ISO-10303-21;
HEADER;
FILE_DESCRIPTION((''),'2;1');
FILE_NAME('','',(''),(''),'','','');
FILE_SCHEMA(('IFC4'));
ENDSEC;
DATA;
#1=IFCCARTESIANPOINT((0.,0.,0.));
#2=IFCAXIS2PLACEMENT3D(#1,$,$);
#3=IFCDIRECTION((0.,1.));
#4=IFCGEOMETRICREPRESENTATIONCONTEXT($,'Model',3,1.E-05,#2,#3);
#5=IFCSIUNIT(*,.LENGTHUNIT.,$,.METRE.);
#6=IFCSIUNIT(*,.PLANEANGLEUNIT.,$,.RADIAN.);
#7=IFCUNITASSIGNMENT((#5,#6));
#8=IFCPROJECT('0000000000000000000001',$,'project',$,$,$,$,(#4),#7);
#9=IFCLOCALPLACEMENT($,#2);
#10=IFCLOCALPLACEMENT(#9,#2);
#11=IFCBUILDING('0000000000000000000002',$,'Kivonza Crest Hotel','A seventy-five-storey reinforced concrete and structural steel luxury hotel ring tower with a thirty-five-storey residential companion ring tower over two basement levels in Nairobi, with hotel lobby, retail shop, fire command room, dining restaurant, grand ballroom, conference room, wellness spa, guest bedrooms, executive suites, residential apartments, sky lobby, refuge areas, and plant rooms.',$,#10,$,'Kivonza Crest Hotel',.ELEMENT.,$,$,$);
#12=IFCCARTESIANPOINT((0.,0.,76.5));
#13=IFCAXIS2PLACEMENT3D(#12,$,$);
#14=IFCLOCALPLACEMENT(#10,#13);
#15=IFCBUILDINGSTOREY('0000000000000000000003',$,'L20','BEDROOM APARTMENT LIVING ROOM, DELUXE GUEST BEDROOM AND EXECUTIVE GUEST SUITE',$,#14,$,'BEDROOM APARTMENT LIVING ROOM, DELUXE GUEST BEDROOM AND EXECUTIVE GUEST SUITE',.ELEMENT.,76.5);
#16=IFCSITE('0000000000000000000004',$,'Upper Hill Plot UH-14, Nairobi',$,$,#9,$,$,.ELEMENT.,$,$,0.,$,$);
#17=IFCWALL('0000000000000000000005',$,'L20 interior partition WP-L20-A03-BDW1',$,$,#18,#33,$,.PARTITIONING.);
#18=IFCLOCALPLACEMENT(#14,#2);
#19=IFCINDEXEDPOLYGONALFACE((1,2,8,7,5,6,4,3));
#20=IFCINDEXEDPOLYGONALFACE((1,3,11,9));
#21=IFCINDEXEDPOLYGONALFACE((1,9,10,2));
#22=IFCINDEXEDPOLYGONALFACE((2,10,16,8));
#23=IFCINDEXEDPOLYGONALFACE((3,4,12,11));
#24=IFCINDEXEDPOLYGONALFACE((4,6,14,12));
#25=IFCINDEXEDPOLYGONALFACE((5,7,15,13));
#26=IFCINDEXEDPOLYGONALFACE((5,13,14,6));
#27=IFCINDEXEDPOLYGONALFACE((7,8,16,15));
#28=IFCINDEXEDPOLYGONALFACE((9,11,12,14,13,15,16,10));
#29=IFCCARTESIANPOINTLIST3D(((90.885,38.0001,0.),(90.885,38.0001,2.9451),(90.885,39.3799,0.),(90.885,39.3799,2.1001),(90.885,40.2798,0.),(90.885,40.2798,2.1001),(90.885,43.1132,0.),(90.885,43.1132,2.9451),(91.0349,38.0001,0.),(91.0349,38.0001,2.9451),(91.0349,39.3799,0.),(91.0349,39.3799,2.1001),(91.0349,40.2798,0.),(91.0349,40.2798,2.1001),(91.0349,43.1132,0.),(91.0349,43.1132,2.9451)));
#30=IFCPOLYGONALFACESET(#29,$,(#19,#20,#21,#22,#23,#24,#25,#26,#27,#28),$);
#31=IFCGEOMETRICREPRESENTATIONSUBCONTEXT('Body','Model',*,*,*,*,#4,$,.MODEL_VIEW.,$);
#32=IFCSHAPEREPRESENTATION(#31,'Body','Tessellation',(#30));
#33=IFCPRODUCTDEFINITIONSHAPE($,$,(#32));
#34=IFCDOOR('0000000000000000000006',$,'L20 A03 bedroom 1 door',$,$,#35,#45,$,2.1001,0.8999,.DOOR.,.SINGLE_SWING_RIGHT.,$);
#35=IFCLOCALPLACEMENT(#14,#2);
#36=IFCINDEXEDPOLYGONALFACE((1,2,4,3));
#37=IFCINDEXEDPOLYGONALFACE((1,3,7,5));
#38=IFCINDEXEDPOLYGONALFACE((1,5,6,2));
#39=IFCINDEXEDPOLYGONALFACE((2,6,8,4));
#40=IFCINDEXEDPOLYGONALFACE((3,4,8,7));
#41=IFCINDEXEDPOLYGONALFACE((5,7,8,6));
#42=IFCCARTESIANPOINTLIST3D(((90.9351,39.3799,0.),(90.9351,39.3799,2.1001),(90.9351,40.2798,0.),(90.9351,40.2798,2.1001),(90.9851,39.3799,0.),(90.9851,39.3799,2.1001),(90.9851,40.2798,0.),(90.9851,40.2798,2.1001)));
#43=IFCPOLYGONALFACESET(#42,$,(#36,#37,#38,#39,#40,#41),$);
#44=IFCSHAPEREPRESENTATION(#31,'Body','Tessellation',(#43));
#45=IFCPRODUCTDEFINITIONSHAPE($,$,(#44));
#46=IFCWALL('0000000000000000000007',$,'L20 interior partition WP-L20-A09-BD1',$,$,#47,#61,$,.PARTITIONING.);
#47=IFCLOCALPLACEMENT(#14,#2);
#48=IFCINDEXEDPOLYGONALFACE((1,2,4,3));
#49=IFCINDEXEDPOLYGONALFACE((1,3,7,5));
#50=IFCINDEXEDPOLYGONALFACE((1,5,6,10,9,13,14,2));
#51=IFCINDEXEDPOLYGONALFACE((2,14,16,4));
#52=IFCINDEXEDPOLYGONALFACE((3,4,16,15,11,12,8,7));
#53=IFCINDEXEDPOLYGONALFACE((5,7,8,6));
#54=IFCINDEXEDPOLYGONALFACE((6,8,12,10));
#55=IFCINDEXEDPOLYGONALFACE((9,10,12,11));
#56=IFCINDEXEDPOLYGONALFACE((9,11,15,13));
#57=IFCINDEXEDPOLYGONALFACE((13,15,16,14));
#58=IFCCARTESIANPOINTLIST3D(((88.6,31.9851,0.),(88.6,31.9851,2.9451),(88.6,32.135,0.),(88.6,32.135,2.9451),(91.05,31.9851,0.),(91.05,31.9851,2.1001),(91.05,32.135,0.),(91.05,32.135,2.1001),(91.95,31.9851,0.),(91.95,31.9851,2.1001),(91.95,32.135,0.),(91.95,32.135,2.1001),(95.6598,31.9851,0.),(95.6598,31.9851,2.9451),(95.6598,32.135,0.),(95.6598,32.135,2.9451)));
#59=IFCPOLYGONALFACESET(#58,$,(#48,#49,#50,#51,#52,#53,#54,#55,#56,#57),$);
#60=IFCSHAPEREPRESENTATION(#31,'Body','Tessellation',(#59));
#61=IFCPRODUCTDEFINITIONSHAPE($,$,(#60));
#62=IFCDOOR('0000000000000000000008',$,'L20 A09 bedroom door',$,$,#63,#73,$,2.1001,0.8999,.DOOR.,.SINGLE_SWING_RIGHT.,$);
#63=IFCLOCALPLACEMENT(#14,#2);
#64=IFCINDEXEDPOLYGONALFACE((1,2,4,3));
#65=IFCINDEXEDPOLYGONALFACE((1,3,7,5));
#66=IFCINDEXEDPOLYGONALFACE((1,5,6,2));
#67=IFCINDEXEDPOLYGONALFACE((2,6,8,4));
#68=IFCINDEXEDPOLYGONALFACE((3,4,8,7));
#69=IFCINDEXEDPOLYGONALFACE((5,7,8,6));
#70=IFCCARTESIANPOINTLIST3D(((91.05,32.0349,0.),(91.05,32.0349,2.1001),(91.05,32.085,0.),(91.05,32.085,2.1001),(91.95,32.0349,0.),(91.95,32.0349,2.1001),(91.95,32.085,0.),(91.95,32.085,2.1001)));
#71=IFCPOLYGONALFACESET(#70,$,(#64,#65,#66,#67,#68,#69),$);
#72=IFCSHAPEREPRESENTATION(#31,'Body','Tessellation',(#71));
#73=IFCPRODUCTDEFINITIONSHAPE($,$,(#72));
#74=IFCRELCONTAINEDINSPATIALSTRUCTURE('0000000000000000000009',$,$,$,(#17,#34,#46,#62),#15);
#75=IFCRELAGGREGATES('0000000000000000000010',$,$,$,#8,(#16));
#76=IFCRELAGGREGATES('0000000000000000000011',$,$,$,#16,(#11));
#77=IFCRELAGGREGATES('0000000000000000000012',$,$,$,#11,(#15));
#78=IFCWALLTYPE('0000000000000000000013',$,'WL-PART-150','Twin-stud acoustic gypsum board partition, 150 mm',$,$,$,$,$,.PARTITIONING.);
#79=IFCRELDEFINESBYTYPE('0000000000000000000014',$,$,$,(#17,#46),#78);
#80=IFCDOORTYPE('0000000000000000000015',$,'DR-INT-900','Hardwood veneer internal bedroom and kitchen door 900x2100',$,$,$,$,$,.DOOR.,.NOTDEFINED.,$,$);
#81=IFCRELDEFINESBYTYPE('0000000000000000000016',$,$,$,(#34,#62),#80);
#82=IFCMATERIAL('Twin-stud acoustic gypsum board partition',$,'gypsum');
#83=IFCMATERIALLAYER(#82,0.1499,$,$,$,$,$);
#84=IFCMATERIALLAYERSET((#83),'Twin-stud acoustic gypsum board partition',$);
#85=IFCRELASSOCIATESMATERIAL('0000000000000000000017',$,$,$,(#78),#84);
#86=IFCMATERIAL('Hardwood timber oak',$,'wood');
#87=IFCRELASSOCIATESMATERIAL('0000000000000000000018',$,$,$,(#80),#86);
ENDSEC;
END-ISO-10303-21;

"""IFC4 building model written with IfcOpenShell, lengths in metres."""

from ifc_helpers import new_model, si_unit, direction, frame, frame_2d, origin, place, context, subcontext, project, spatial, rectangle, extrude, material, layer, layer_set, type_object, element, fill, save


model = new_model("IFC4")

# Units and contexts
model_context = context("Model", 3, precision=1e-05, world=origin(), true_north=direction((0.0, 1.0)))
body_context = subcontext(model_context, "Body", "Model", "MODEL_VIEW")
ifc_project = project(units=[si_unit("LENGTHUNIT", "METRE"), si_unit("PLANEANGLEUNIT", "RADIAN")], contexts=[model_context])

# Site, building, storey
site_placement = place(None, origin())
site = spatial("IfcSite", under=ifc_project, at=site_placement, Name="Upper Hill Plot UH-14, Nairobi", CompositionType="ELEMENT", RefElevation=0.0)
building_placement = place(site_placement, origin())
building = spatial("IfcBuilding", under=site, at=building_placement, Name="Kivonza Crest Hotel", Description="A seventy-five-storey reinforced concrete and structural steel luxury hotel ring tower with a thirty-five-storey residential companion ring tower over two basement levels in Nairobi, with hotel lobby, retail shop, fire command room, dining restaurant, grand ballroom, conference room, wellness spa, guest bedrooms, executive suites, residential apartments, sky lobby, refuge areas, and plant rooms.", LongName="Kivonza Crest Hotel", CompositionType="ELEMENT")
storey_placement = place(building_placement, frame((0.0, 0.0, 76.5)))
storey = spatial("IfcBuildingStorey", under=building, at=storey_placement, Name="L20", Description="BEDROOM APARTMENT LIVING ROOM, DELUXE GUEST BEDROOM AND EXECUTIVE GUEST SUITE", LongName="BEDROOM APARTMENT LIVING ROOM, DELUXE GUEST BEDROOM AND EXECUTIVE GUEST SUITE", CompositionType="ELEMENT", Elevation=76.5)

# Shared definitions
ifc_material_1 = material(Name="Hardwood timber oak", Category="wood")

# Walls, openings, doors
ifc_material_2 = material(Name="Twin-stud acoustic gypsum board partition", Category="gypsum")
ifc_layer_1 = layer(ifc_material_2, 0.1499)
ifc_layer_set_1 = layer_set([ifc_layer_1], Name="Twin-stud acoustic gypsum board partition")
wall_type_1 = type_object("IfcWallType", Name="WL-PART-150", Description="Twin-stud acoustic gypsum board partition, 150 mm", PredefinedType="PARTITIONING", material=ifc_layer_set_1)
wall_1_placement = place(storey_placement, frame((90.96, 38.0, 0.0), z_axis=(0.0, 0.0, 1.0), x_axis=(0.0, 1.0, 0.0)))
wall_1 = element("IfcWall", 1, at=wall_1_placement, inside=storey, type_object=wall_type_1, Name="L20 interior partition WP-L20-A03-BDW1", PredefinedType="PARTITIONING", context=body_context, shape_type="SweptSolid", body=[
    extrude(rectangle(XDim=5.113, YDim=0.1499, at=frame_2d((2.5566, 0.0))), origin(), (0.0, 0.0, 1.0), 2.9451),
])
opening_1_placement = place(wall_1_placement, frame((1.3799, 0.0, 0.0)))
opening_1 = element("IfcOpeningElement", 2, at=opening_1_placement, cuts=wall_1, PredefinedType="OPENING", context=body_context, shape_type="SweptSolid", body=[
    extrude(rectangle(XDim=0.8999, YDim=2.1001, at=frame_2d((0.45, 1.05))), frame((0.0, 0.085, 0.0), z_axis=(0.0, -1.0, 0.0), x_axis=(1.0, 0.0, 0.0)), (0.0, 0.0, 1.0), 0.1699),
])
door_type_1 = type_object("IfcDoorType", Name="DR-INT-900", Description="Hardwood veneer internal bedroom and kitchen door 900x2100", OperationType="NOTDEFINED", PredefinedType="DOOR", material=ifc_material_1)
door_1_placement = place(opening_1_placement, origin())
door_1 = element("IfcDoor", 3, at=door_1_placement, inside=storey, type_object=door_type_1, Name="L20 A03 bedroom 1 door", OperationType="SINGLE_SWING_RIGHT", OverallHeight=2.1001, OverallWidth=0.8999, PredefinedType="DOOR", context=body_context, shape_type="SweptSolid", body=[
    extrude(rectangle(XDim=0.8999, YDim=2.1001, at=frame_2d((0.45, 1.05))), frame((0.0, 0.0249, 0.0), z_axis=(0.0, -1.0, 0.0), x_axis=(1.0, 0.0, 0.0)), (0.0, 0.0, 1.0), 0.05),
])
fill(opening_1, door_1)
wall_2_placement = place(storey_placement, frame((88.6001, 32.0601, 0.0), z_axis=(0.0, 0.0, 1.0), x_axis=(1.0, 0.0, 0.0)))
wall_2 = element("IfcWall", 4, at=wall_2_placement, inside=storey, type_object=wall_type_1, Name="L20 interior partition WP-L20-A09-BD1", PredefinedType="PARTITIONING", context=body_context, shape_type="SweptSolid", body=[
    extrude(rectangle(XDim=7.0598, YDim=0.1499, at=frame_2d((3.5298, 0.0))), origin(), (0.0, 0.0, 1.0), 2.9451),
])
opening_2_placement = place(wall_2_placement, frame((2.45, 0.0, 0.0)))
opening_2 = element("IfcOpeningElement", 5, at=opening_2_placement, cuts=wall_2, PredefinedType="OPENING", context=body_context, shape_type="SweptSolid", body=[
    extrude(rectangle(XDim=0.8999, YDim=2.1001, at=frame_2d((0.45, 1.05))), frame((0.0, 0.085, 0.0), z_axis=(0.0, -1.0, 0.0), x_axis=(1.0, 0.0, 0.0)), (0.0, 0.0, 1.0), 0.1699),
])
door_2_placement = place(opening_2_placement, origin())
door_2 = element("IfcDoor", 6, at=door_2_placement, inside=storey, type_object=door_type_1, Name="L20 A09 bedroom door", OperationType="SINGLE_SWING_RIGHT", OverallHeight=2.1001, OverallWidth=0.8999, PredefinedType="DOOR", context=body_context, shape_type="SweptSolid", body=[
    extrude(rectangle(XDim=0.8999, YDim=2.1001, at=frame_2d((0.45, 1.05))), frame((0.0, 0.0249, 0.0), z_axis=(0.0, -1.0, 0.0), x_axis=(1.0, 0.0, 0.0)), (0.0, 0.0, 1.0), 0.05),
])
fill(opening_2, door_2)

save(model, "model.ifc")
